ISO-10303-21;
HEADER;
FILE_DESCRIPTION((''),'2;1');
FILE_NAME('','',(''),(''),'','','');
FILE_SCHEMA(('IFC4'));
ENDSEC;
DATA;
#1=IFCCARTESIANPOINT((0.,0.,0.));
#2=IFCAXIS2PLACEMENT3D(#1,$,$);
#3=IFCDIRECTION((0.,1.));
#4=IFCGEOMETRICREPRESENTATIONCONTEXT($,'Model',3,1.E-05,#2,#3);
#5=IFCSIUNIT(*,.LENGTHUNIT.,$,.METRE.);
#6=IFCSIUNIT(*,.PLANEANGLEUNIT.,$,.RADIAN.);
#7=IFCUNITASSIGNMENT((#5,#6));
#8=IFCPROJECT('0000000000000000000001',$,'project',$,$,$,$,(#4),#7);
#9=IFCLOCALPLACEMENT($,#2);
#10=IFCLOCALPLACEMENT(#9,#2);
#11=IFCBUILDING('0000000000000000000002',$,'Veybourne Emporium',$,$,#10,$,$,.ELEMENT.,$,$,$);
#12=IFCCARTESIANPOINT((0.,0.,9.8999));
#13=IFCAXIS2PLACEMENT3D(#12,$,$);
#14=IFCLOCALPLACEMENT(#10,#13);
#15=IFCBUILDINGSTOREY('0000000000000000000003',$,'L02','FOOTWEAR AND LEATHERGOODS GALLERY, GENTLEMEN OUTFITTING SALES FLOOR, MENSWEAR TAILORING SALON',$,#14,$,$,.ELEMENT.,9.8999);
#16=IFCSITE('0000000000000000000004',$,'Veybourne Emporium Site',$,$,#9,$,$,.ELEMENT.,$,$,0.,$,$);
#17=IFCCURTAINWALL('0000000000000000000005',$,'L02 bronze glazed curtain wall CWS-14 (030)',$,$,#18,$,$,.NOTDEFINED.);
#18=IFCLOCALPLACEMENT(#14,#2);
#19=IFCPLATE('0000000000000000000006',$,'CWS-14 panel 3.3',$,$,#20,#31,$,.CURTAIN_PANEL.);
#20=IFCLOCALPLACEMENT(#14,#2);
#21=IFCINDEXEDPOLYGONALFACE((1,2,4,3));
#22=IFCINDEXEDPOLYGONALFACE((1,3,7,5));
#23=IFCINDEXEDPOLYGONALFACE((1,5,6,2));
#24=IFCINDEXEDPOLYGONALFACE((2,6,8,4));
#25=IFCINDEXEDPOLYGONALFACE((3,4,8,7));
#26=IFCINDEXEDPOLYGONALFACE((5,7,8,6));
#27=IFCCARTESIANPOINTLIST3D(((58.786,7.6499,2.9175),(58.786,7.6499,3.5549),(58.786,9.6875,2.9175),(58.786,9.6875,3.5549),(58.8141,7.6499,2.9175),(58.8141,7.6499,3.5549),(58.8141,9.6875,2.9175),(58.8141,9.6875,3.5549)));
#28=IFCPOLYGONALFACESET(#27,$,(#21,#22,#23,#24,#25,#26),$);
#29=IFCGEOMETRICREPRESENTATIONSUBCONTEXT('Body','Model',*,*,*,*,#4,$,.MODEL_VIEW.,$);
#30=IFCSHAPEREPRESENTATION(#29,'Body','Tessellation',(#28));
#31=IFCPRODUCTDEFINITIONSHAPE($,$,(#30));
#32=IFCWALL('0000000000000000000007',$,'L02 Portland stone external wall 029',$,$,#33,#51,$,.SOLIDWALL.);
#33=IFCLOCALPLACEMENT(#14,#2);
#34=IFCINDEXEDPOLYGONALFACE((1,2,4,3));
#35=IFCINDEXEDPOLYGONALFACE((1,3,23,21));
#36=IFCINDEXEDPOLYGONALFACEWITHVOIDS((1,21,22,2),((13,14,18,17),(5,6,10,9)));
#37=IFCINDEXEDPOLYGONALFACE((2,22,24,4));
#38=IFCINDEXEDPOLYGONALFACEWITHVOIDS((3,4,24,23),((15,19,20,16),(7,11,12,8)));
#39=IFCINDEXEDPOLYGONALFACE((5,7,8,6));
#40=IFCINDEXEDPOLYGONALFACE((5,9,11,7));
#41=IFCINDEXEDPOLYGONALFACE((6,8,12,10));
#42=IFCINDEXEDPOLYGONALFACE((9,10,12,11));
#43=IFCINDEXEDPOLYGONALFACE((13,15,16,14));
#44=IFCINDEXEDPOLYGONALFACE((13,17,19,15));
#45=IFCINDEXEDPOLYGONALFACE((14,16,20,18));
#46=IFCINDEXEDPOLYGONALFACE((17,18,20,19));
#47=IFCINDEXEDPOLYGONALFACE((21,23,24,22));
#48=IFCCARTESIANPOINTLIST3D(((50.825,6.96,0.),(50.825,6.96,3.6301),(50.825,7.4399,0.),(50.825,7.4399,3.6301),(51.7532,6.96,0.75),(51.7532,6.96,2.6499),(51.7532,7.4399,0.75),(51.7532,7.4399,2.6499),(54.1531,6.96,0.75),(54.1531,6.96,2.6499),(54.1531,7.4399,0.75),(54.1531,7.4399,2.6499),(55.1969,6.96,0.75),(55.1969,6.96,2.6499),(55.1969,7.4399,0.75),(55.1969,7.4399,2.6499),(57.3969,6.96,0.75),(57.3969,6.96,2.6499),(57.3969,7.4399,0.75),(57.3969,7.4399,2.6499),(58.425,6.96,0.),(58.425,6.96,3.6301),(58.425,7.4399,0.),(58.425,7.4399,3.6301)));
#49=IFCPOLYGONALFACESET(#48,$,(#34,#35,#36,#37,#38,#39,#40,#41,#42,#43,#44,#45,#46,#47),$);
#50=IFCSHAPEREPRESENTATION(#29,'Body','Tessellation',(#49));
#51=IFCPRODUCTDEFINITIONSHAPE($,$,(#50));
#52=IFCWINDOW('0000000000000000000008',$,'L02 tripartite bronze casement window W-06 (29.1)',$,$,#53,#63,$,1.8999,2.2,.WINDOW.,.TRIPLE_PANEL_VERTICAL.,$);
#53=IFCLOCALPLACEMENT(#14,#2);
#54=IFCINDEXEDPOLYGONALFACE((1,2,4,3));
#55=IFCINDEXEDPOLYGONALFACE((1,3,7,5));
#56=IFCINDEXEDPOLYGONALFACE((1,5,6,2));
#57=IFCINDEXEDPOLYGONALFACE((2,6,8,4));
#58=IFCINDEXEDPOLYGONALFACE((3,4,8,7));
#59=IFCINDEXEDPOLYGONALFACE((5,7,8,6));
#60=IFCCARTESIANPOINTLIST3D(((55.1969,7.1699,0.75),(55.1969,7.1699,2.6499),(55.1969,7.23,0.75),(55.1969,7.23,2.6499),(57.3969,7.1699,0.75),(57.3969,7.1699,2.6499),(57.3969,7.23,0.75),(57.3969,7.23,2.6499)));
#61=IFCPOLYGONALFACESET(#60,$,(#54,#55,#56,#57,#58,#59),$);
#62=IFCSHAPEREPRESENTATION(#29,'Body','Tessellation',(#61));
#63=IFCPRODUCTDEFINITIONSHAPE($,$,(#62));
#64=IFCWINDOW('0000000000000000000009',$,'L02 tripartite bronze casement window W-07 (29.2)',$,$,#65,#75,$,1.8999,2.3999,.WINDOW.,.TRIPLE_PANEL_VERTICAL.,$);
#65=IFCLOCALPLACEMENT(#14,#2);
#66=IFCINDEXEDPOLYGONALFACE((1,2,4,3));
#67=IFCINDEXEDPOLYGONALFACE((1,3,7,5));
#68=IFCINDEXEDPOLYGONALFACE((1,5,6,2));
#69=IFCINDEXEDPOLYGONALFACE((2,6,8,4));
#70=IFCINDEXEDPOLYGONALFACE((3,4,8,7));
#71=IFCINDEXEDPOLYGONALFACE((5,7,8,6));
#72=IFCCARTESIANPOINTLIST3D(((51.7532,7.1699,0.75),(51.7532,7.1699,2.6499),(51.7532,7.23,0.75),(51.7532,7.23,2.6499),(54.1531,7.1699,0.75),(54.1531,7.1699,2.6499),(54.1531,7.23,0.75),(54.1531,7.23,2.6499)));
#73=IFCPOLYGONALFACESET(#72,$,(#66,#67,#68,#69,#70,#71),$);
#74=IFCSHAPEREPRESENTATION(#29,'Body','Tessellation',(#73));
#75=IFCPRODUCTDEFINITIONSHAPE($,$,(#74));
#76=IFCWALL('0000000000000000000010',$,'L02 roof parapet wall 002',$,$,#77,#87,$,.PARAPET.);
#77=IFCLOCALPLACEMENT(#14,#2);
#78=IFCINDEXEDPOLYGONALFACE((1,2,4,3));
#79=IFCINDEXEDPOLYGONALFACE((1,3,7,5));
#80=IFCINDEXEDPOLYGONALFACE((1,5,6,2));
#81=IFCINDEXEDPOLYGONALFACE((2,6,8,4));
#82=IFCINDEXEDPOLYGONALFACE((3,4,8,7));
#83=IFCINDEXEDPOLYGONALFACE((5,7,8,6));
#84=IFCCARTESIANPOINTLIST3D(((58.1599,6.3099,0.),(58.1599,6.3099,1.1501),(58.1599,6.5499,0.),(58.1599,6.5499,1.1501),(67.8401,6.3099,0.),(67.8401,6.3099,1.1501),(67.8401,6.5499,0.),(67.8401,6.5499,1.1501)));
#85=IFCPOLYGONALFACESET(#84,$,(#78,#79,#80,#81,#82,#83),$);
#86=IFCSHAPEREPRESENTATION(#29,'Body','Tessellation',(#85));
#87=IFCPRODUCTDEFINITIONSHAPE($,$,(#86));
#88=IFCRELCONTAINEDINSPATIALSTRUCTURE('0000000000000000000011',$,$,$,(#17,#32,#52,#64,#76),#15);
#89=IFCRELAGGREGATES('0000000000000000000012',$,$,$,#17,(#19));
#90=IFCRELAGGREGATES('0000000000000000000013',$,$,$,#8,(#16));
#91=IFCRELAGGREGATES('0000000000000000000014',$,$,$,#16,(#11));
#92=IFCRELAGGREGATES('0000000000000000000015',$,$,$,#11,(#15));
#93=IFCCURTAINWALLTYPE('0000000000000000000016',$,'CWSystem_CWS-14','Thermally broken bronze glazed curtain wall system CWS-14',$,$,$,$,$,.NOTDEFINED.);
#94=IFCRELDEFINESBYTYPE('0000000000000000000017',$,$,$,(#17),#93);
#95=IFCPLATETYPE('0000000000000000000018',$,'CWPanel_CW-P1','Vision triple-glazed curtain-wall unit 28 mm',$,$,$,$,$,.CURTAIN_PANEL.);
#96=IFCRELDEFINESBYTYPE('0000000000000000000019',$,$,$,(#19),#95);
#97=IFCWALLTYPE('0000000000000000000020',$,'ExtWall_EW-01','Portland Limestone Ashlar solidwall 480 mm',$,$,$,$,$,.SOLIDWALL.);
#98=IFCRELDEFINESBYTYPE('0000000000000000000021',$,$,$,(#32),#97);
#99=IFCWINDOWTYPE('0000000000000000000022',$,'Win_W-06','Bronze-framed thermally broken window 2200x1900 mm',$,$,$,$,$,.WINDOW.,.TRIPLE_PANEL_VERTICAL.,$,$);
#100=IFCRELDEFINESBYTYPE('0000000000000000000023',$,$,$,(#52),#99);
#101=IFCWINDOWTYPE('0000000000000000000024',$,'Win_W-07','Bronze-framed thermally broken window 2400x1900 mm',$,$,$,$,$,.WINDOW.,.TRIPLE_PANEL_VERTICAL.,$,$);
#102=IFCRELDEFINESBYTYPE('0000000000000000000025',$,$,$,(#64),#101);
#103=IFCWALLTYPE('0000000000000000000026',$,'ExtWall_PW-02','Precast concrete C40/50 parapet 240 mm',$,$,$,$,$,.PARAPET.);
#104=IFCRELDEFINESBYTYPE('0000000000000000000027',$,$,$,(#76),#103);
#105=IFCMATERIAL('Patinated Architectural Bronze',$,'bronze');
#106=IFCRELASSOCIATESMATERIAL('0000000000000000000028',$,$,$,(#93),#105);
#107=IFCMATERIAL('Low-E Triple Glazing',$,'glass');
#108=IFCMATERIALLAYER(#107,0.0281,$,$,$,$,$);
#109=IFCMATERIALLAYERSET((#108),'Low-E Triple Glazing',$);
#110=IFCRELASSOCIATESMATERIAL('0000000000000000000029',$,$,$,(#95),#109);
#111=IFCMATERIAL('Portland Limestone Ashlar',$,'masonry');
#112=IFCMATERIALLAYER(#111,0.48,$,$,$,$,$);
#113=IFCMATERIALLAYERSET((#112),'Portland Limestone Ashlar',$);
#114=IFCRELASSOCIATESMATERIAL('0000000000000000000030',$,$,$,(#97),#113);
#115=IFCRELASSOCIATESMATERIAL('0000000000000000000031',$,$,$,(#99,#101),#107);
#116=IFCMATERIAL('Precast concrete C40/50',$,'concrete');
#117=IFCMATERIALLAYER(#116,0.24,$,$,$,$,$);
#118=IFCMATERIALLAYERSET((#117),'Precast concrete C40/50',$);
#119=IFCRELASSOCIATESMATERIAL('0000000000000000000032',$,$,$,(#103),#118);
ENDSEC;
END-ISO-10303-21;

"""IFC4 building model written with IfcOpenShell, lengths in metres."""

from ifc_helpers import new_model, si_unit, direction, frame, frame_2d, origin, origin_2d, place, context, subcontext, project, spatial, rectangle, extrude, material, layer, layer_set, type_object, element, fill, aggregate, save


model = new_model("IFC4")

# Units and contexts
model_context = context("Model", 3, precision=1e-05, world=origin(), true_north=direction((0.0, 1.0)))
body_context = subcontext(model_context, "Body", "Model", "MODEL_VIEW")
ifc_project = project(units=[si_unit("LENGTHUNIT", "METRE"), si_unit("PLANEANGLEUNIT", "RADIAN")], contexts=[model_context])

# Site, building, storey
site_placement = place(None, origin())
site = spatial("IfcSite", under=ifc_project, at=site_placement, Name="Veybourne Emporium Site", CompositionType="ELEMENT", RefElevation=0.0)
building_placement = place(site_placement, origin())
building = spatial("IfcBuilding", under=site, at=building_placement, Name="Veybourne Emporium", CompositionType="ELEMENT")
storey_placement = place(building_placement, frame((0.0, 0.0, 9.8999)))
storey = spatial("IfcBuildingStorey", under=building, at=storey_placement, Name="L02", Description="FOOTWEAR AND LEATHERGOODS GALLERY, GENTLEMEN OUTFITTING SALES FLOOR, MENSWEAR TAILORING SALON", CompositionType="ELEMENT", Elevation=9.8999)

# Shared definitions
ifc_material_1 = material(Name="Patinated Architectural Bronze", Category="bronze")

# Curtain wall
curtain_wall_type_1 = type_object("IfcCurtainWallType", Name="CWSystem_CWS-14", Description="Thermally broken bronze glazed curtain wall system CWS-14", PredefinedType="NOTDEFINED", material=ifc_material_1)
curtain_wall_1_placement = place(storey_placement, origin())
curtain_wall_1 = element("IfcCurtainWall", 1, at=curtain_wall_1_placement, inside=storey, type_object=curtain_wall_type_1, Name="L02 bronze glazed curtain wall CWS-14 (030)", PredefinedType="NOTDEFINED")

# Plate
ifc_material_2 = material(Name="Low-E Triple Glazing", Category="glass")
ifc_layer_1 = layer(ifc_material_2, 0.0281)
ifc_layer_set_1 = layer_set([ifc_layer_1], Name="Low-E Triple Glazing")
plate_type = type_object("IfcPlateType", Name="CWPanel_CW-P1", Description="Vision triple-glazed curtain-wall unit 28 mm", PredefinedType="CURTAIN_PANEL", material=ifc_layer_set_1)
plate_1_placement = place(storey_placement, frame((58.8, 8.6687, 2.9175), z_axis=(0.0, 0.0, 1.0), x_axis=(0.0, -1.0, 0.0)))
plate_1 = element("IfcPlate", 2, at=plate_1_placement, type_object=plate_type, Name="CWS-14 panel 3.3", PredefinedType="CURTAIN_PANEL", context=body_context, shape_type="SweptSolid", body=[
    extrude(rectangle(XDim=2.0376, YDim=0.0281, at=origin_2d()), origin(), (0.0, 0.0, 1.0), 0.6375),
])
aggregate(curtain_wall_1, [plate_1])

# Wall, openings, windows
ifc_material_3 = material(Name="Portland Limestone Ashlar", Category="masonry")
ifc_layer_2 = layer(ifc_material_3, 0.48)
ifc_layer_set_2 = layer_set([ifc_layer_2], Name="Portland Limestone Ashlar")
wall_type_1 = type_object("IfcWallType", Name="ExtWall_EW-01", Description="Portland Limestone Ashlar solidwall 480 mm", PredefinedType="SOLIDWALL", material=ifc_layer_set_2)
wall_1_placement = place(storey_placement, frame((58.425, 7.2, 0.0), z_axis=(0.0, 0.0, 1.0), x_axis=(-1.0, 0.0, 0.0)))
wall_1 = element("IfcWall", 3, at=wall_1_placement, inside=storey, type_object=wall_type_1, Name="L02 Portland stone external wall 029", PredefinedType="SOLIDWALL", context=body_context, shape_type="SweptSolid", body=[
    extrude(rectangle(XDim=7.6001, YDim=0.48, at=frame_2d((3.8, 0.0))), origin(), (0.0, 0.0, 1.0), 3.6301),
])
opening_1_placement = place(wall_1_placement, frame((1.0281, 0.0, 0.75)))
opening_1 = element("IfcOpeningElement", 4, at=opening_1_placement, cuts=wall_1, PredefinedType="OPENING", context=body_context, shape_type="SweptSolid", body=[
    extrude(rectangle(XDim=2.2, YDim=1.8999, at=frame_2d((1.1001, 0.95))), frame((0.0, 0.26, 0.0), z_axis=(0.0, -1.0, 0.0), x_axis=(1.0, 0.0, 0.0)), (0.0, 0.0, 1.0), 0.52),
])
opening_2_placement = place(wall_1_placement, frame((4.272, 0.0, 0.75)))
opening_2 = element("IfcOpeningElement", 5, at=opening_2_placement, cuts=wall_1, PredefinedType="OPENING", context=body_context, shape_type="SweptSolid", body=[
    extrude(rectangle(XDim=2.3999, YDim=1.8999, at=frame_2d((1.2, 0.95))), frame((0.0, 0.26, 0.0), z_axis=(0.0, -1.0, 0.0), x_axis=(1.0, 0.0, 0.0)), (0.0, 0.0, 1.0), 0.52),
])
window_type_1 = type_object("IfcWindowType", Name="Win_W-06", Description="Bronze-framed thermally broken window 2200x1900 mm", PartitioningType="TRIPLE_PANEL_VERTICAL", PredefinedType="WINDOW", material=ifc_material_2)
window_1_placement = place(opening_1_placement, origin())
window_1 = element("IfcWindow", 6, at=window_1_placement, inside=storey, type_object=window_type_1, Name="L02 tripartite bronze casement window W-06 (29.1)", OverallHeight=1.8999, OverallWidth=2.2, PartitioningType="TRIPLE_PANEL_VERTICAL", PredefinedType="WINDOW", context=body_context, shape_type="SweptSolid", body=[
    extrude(rectangle(XDim=2.2, YDim=1.8999, at=frame_2d((1.1001, 0.95))), frame((0.0, 0.03, 0.0), z_axis=(0.0, -1.0, 0.0), x_axis=(1.0, 0.0, 0.0)), (0.0, 0.0, 1.0), 0.0601),
])
fill(opening_1, window_1)
window_type_2 = type_object("IfcWindowType", Name="Win_W-07", Description="Bronze-framed thermally broken window 2400x1900 mm", PartitioningType="TRIPLE_PANEL_VERTICAL", PredefinedType="WINDOW", material=ifc_material_2)
window_2_placement = place(opening_2_placement, origin())
window_2 = element("IfcWindow", 7, at=window_2_placement, inside=storey, type_object=window_type_2, Name="L02 tripartite bronze casement window W-07 (29.2)", OverallHeight=1.8999, OverallWidth=2.3999, PartitioningType="TRIPLE_PANEL_VERTICAL", PredefinedType="WINDOW", context=body_context, shape_type="SweptSolid", body=[
    extrude(rectangle(XDim=2.3999, YDim=1.8999, at=frame_2d((1.2, 0.95))), frame((0.0, 0.03, 0.0), z_axis=(0.0, -1.0, 0.0), x_axis=(1.0, 0.0, 0.0)), (0.0, 0.0, 1.0), 0.0601),
])
fill(opening_2, window_2)

# Wall
ifc_material_4 = material(Name="Precast concrete C40/50", Category="concrete")
ifc_layer_3 = layer(ifc_material_4, 0.24)
ifc_layer_set_3 = layer_set([ifc_layer_3], Name="Precast concrete C40/50")
wall_type_2 = type_object("IfcWallType", Name="ExtWall_PW-02", Description="Precast concrete C40/50 parapet 240 mm", PredefinedType="PARAPET", material=ifc_layer_set_3)
wall_2_placement = place(storey_placement, frame((58.1599, 6.4299, 0.0), z_axis=(0.0, 0.0, 1.0), x_axis=(1.0, 0.0, 0.0)))
element("IfcWall", 8, at=wall_2_placement, inside=storey, type_object=wall_type_2, Name="L02 roof parapet wall 002", PredefinedType="PARAPET", context=body_context, shape_type="SweptSolid", body=[
    extrude(rectangle(XDim=9.6802, YDim=0.24, at=frame_2d((4.8401, 0.0))), origin(), (0.0, 0.0, 1.0), 1.1501),
])

save(model, "model.ifc")
